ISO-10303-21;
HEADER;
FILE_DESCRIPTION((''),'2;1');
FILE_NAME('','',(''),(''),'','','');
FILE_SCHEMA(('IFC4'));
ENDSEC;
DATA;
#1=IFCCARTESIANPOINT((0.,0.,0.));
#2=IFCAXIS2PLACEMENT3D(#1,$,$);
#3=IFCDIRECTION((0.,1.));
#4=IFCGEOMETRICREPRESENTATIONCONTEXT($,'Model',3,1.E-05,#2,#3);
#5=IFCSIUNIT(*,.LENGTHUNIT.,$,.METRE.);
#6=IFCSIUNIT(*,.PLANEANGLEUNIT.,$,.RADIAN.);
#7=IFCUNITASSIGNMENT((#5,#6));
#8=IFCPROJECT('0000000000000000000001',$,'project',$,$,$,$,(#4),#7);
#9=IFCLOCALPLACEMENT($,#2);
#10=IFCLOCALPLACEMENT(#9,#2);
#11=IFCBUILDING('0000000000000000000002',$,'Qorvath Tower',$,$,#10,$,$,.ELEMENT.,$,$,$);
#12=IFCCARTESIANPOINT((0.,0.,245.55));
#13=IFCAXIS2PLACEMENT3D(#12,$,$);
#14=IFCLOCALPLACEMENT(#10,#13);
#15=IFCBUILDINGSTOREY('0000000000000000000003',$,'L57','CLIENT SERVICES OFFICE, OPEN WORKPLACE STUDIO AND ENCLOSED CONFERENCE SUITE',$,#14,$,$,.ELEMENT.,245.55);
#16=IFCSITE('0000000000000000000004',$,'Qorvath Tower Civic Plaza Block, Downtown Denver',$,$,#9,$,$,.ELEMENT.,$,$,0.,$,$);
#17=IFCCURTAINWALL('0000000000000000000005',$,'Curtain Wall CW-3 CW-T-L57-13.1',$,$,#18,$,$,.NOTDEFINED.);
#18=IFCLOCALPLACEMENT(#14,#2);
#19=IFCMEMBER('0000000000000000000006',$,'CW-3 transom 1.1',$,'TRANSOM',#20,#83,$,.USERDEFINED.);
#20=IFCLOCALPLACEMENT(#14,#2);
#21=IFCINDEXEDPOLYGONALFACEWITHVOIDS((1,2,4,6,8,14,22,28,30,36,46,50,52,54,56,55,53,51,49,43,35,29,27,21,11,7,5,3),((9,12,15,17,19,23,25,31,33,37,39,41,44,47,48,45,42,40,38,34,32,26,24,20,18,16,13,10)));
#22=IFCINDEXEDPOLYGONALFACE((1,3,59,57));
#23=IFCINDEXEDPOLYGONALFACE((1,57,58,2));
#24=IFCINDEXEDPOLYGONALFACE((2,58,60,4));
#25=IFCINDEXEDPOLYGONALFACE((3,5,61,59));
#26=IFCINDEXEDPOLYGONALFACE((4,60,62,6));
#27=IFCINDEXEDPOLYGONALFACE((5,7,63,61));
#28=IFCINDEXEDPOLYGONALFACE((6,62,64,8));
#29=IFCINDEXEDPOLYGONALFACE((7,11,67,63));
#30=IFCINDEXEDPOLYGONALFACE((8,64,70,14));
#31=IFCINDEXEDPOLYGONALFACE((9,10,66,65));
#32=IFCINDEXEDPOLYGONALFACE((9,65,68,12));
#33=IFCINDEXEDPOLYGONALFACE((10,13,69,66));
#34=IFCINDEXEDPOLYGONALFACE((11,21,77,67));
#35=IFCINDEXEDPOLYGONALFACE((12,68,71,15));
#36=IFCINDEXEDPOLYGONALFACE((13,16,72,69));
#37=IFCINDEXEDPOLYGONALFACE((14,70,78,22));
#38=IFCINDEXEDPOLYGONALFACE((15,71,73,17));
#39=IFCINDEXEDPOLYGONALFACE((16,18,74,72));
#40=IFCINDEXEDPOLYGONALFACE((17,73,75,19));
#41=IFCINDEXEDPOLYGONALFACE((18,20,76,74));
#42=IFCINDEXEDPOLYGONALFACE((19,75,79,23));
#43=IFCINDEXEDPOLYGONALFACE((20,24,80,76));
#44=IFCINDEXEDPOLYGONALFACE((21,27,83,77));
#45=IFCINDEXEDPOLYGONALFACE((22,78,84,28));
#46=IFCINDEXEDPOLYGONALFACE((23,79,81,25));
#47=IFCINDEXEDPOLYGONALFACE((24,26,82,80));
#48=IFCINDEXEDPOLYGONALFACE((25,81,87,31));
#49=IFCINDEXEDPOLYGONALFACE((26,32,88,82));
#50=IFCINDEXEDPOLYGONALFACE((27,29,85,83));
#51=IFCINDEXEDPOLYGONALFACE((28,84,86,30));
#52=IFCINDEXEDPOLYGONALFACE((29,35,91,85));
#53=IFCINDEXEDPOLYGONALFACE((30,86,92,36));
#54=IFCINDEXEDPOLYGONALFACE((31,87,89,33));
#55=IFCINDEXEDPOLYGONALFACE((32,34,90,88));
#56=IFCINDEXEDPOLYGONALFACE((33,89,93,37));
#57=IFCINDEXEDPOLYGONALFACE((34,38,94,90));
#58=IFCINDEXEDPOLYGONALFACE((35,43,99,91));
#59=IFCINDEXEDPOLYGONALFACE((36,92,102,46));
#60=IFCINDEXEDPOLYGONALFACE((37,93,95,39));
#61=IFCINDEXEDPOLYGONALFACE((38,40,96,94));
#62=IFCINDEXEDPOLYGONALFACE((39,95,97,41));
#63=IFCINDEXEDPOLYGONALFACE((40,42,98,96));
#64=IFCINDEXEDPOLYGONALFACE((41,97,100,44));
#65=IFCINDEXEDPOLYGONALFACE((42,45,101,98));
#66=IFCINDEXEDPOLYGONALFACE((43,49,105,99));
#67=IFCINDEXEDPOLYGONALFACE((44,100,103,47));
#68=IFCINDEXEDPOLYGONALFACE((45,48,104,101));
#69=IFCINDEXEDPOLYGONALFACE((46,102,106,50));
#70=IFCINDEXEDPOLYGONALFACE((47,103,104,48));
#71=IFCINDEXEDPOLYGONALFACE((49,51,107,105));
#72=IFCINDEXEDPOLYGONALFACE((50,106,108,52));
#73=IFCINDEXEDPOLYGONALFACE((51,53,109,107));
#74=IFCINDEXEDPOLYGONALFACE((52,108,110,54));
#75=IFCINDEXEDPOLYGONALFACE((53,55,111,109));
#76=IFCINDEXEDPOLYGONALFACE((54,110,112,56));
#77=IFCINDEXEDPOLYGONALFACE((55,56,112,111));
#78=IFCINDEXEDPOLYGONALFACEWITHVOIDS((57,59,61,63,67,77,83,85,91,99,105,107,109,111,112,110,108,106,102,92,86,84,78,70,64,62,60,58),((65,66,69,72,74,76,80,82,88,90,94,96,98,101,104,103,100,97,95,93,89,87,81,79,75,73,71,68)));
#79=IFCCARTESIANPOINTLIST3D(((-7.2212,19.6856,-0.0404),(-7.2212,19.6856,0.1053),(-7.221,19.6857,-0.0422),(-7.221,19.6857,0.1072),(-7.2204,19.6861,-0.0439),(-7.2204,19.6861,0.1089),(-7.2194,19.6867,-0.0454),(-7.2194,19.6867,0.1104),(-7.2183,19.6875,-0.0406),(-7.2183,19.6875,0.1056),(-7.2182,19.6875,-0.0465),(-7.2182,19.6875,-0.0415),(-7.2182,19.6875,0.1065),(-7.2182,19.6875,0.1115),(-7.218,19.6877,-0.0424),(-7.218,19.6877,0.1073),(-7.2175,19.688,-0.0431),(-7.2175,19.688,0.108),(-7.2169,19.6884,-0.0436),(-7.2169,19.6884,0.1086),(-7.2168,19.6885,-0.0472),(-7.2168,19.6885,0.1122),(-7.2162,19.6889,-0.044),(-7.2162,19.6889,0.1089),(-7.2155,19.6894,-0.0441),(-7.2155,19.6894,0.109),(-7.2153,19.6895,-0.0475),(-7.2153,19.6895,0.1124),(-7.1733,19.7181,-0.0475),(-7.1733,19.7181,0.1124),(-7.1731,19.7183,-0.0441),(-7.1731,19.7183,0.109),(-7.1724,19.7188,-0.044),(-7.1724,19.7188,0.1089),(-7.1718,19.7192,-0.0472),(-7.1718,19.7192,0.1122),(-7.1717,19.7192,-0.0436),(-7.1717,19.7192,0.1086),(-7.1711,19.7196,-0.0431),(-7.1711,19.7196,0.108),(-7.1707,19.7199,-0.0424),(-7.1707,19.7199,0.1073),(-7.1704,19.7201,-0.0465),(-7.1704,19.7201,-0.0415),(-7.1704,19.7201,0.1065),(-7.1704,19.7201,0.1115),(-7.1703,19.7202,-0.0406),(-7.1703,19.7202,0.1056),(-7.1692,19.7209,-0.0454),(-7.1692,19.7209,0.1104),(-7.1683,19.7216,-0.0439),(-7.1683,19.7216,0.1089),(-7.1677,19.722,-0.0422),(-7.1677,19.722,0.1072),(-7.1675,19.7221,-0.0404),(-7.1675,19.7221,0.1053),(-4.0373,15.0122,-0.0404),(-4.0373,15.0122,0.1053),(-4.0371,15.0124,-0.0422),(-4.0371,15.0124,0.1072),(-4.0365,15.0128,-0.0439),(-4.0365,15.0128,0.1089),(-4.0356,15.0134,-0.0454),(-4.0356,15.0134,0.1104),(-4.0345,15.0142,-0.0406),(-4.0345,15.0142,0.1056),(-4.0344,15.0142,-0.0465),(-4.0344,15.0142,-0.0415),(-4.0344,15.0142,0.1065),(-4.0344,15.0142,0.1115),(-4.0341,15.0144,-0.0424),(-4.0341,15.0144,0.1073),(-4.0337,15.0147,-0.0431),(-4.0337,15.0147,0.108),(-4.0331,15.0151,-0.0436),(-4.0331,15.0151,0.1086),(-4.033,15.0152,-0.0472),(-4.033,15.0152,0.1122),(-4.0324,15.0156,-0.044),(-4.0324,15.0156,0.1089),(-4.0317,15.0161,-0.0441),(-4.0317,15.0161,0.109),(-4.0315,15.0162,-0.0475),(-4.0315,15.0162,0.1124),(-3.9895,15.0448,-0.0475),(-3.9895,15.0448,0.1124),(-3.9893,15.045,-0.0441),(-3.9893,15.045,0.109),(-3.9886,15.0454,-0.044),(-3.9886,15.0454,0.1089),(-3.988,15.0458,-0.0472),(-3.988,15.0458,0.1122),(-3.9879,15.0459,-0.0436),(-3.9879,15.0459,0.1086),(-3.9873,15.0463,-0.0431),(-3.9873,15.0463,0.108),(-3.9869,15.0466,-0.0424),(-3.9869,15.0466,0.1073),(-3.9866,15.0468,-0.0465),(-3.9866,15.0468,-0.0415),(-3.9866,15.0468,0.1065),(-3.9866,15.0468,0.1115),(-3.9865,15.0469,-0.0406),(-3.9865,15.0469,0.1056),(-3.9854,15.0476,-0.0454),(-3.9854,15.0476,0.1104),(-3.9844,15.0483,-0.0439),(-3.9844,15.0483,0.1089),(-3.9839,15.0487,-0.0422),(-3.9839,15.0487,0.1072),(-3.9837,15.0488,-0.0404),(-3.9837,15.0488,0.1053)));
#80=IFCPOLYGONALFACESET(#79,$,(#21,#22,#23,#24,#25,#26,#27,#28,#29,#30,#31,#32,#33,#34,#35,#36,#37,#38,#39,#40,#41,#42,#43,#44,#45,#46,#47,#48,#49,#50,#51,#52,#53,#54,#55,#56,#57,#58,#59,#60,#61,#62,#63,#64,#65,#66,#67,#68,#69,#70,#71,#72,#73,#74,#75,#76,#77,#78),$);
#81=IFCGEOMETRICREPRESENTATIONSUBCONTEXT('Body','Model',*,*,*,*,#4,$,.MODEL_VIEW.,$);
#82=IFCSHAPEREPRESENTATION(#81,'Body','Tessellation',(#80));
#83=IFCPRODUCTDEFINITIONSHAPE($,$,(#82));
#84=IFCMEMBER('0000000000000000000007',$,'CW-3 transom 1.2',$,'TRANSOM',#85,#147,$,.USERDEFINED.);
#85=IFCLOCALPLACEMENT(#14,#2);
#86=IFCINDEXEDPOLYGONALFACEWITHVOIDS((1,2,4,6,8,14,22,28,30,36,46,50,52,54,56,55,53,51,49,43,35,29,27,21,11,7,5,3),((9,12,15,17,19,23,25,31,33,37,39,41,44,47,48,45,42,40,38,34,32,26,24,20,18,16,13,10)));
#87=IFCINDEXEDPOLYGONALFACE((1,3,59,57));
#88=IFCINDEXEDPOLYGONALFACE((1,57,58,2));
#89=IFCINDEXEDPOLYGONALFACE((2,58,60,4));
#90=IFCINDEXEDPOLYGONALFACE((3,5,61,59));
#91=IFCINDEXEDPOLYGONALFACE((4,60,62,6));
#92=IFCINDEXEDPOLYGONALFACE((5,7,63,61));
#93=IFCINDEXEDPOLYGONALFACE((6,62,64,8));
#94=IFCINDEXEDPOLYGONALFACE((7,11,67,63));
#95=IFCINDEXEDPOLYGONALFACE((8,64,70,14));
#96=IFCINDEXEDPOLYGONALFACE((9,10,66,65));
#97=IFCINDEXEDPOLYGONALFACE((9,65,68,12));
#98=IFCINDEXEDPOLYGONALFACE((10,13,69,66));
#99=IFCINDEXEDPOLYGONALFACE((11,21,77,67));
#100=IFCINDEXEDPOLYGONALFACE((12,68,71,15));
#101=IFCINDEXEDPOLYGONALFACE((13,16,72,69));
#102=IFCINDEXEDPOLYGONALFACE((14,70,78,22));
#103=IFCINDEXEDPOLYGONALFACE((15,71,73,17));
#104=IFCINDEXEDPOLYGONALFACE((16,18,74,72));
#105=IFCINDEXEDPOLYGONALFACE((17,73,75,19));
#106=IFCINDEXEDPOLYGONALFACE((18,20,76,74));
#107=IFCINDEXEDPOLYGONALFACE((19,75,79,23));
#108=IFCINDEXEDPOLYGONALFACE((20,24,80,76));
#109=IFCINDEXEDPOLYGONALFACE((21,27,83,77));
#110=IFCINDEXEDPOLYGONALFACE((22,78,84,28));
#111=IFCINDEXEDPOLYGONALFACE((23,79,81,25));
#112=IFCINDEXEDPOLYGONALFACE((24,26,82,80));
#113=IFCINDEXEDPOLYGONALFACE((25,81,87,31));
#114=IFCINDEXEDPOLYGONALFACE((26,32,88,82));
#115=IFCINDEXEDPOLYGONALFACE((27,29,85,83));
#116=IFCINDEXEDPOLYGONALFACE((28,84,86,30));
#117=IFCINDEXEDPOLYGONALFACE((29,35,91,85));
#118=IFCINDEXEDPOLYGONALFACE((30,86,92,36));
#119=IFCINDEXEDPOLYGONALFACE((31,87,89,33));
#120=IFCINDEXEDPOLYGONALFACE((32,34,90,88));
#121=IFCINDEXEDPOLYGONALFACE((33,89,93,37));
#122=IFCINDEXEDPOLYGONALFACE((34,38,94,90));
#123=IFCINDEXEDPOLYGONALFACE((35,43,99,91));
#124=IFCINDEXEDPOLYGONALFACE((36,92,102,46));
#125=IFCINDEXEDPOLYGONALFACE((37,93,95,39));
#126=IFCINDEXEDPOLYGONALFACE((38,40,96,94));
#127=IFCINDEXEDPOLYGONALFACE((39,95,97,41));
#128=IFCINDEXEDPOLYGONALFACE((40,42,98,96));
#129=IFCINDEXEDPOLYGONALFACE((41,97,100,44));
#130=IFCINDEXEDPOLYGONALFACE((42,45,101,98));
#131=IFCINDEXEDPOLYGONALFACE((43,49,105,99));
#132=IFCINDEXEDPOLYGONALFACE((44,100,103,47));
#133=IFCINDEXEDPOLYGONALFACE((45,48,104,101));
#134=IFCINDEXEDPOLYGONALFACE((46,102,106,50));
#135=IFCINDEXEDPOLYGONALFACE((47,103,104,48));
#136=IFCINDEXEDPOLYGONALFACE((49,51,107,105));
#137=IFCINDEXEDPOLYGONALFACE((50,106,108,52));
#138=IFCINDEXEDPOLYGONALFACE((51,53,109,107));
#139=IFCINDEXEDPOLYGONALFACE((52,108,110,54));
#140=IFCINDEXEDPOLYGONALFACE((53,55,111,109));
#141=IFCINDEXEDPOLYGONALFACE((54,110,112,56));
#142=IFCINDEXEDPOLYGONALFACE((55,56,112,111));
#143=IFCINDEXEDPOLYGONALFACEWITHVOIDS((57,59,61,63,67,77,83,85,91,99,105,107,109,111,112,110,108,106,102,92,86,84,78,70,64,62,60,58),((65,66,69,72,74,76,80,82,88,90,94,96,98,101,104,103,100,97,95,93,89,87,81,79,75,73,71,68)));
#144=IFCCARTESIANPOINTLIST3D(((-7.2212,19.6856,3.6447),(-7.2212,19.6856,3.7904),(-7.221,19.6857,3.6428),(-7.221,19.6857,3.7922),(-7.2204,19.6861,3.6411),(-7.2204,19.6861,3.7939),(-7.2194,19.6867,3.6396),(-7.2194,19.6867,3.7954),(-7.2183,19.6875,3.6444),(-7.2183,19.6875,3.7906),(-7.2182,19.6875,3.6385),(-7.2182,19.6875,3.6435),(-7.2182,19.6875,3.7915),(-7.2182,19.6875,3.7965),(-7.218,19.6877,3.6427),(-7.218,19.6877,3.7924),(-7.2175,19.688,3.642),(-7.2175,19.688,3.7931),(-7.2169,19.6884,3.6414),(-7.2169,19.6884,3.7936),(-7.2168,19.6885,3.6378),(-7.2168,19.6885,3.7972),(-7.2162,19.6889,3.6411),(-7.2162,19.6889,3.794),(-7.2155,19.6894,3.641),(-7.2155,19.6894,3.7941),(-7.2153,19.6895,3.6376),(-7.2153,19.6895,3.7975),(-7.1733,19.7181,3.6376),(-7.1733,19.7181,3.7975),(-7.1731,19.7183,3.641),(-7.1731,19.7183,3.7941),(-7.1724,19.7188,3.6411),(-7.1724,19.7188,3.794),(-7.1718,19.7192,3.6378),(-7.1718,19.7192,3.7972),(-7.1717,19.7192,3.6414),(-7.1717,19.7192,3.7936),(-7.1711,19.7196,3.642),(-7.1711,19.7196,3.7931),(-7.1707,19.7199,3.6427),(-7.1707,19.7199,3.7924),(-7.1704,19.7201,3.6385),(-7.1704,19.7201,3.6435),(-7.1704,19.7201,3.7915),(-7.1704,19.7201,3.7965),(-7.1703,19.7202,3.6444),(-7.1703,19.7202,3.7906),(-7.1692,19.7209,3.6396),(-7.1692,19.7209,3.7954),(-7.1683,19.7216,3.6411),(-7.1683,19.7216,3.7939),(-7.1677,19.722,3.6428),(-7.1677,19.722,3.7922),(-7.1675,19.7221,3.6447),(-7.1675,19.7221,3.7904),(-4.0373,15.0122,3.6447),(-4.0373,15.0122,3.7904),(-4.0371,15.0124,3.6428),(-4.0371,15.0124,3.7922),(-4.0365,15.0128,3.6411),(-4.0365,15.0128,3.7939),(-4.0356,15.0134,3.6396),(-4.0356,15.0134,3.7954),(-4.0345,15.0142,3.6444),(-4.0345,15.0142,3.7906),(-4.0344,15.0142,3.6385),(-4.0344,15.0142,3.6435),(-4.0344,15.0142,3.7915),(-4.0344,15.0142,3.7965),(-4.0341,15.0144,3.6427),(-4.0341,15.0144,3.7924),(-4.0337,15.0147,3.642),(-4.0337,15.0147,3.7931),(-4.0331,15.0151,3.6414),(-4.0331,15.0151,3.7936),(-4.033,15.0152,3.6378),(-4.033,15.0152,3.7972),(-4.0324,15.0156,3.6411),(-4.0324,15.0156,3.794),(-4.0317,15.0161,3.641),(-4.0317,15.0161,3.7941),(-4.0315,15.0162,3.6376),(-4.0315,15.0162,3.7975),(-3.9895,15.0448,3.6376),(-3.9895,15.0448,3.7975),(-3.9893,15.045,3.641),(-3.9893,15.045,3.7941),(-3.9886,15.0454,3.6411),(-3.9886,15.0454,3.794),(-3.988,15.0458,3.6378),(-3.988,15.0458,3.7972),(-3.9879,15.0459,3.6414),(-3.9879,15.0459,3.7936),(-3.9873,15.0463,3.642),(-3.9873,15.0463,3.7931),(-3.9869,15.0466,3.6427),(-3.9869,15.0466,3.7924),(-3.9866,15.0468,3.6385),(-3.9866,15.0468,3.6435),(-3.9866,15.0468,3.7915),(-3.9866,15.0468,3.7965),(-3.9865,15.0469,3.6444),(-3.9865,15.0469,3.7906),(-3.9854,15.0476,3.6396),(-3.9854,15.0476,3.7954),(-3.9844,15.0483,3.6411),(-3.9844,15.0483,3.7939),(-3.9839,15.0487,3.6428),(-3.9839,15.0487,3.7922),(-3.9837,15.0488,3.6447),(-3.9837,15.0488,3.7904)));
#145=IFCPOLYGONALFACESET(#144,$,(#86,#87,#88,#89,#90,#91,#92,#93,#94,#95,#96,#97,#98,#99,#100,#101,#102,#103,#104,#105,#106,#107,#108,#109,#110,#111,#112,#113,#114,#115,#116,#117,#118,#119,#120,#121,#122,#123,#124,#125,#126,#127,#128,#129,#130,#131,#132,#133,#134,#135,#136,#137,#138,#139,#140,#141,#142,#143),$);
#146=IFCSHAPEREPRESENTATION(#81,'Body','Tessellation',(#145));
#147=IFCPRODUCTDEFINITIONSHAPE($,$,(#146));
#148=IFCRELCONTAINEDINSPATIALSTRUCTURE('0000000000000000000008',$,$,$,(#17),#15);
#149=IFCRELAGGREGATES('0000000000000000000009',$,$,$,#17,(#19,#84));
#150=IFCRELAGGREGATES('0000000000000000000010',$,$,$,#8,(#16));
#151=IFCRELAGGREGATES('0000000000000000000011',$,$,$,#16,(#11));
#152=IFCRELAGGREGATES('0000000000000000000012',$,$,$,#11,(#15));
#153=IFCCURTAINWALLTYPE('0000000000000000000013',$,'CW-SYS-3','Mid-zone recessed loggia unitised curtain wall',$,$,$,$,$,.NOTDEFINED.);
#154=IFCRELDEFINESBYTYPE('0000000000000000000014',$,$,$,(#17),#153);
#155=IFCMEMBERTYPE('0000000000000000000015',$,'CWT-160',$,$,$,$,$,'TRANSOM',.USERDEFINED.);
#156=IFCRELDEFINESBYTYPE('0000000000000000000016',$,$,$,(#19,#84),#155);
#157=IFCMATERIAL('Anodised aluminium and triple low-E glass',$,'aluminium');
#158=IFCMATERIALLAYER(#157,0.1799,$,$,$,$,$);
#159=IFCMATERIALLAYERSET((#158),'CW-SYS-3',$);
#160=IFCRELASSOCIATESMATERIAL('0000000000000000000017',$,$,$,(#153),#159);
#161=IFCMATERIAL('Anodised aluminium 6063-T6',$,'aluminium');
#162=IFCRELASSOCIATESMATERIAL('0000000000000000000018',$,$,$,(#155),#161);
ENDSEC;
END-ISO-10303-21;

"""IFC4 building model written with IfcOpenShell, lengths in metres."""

from ifc_helpers import new_model, si_unit, direction, frame, origin, origin_2d, place, context, subcontext, project, spatial, hollow_rectangle, extrude, material, layer, layer_set, material_profile, profile_set, type_object, element, aggregate, save


model = new_model("IFC4")

# Units and contexts
model_context = context("Model", 3, precision=1e-05, world=origin(), true_north=direction((0.0, 1.0)))
body_context = subcontext(model_context, "Body", "Model", "MODEL_VIEW")
ifc_project = project(units=[si_unit("LENGTHUNIT", "METRE"), si_unit("PLANEANGLEUNIT", "RADIAN")], contexts=[model_context])

# Site, building, storey
site_placement = place(None, origin())
site = spatial("IfcSite", under=ifc_project, at=site_placement, Name="Qorvath Tower Civic Plaza Block, Downtown Denver", CompositionType="ELEMENT", RefElevation=0.0)
building_placement = place(site_placement, origin())
building = spatial("IfcBuilding", under=site, at=building_placement, Name="Qorvath Tower", CompositionType="ELEMENT")
storey_placement = place(building_placement, frame((0.0, 0.0, 245.55)))
storey = spatial("IfcBuildingStorey", under=building, at=storey_placement, Name="L57", Description="CLIENT SERVICES OFFICE, OPEN WORKPLACE STUDIO AND ENCLOSED CONFERENCE SUITE", CompositionType="ELEMENT", Elevation=245.55)

# Shared definitions
ifc_material_1 = material(Name="Anodised aluminium and triple low-E glass", Category="aluminium")
ifc_layer_1 = layer(ifc_material_1, 0.1799)
ifc_layer_set_1 = layer_set([ifc_layer_1], Name="CW-SYS-3")
curtain_wall_type = type_object("IfcCurtainWallType", Name="CW-SYS-3", Description="Mid-zone recessed loggia unitised curtain wall", PredefinedType="NOTDEFINED", material=ifc_layer_set_1)

# Curtain wall
curtain_wall_1_placement = place(storey_placement, origin())
curtain_wall_1 = element("IfcCurtainWall", 1, at=curtain_wall_1_placement, inside=storey, type_object=curtain_wall_type, Name="Curtain Wall CW-3 CW-T-L57-13.1", PredefinedType="NOTDEFINED")

# Members
ifc_material_2 = material(Name="Anodised aluminium 6063-T6", Category="aluminium")
ifc_material_profile_1 = material_profile(ifc_material_2, hollow_rectangle(XDim=0.0649, YDim=0.1599, WallThickness=0.0034, InnerFilletRadius=0.0034, OuterFilletRadius=0.0071, at=origin_2d()), Name="CWT 160x65")
ifc_profile_set_1 = profile_set([ifc_material_profile_1], Name="Anodised aluminium 6063-T6")
member_type_1 = type_object("IfcMemberType", Name="CWT-160", ElementType="TRANSOM", PredefinedType="USERDEFINED", material=ifc_profile_set_1)
member_1_placement = place(storey_placement, frame((-4.0105, 15.0305, 0.0325), z_axis=(-0.563031, 0.826436, 0.0), x_axis=(-0.826436, -0.563031, 0.0)))
member_1 = element("IfcMember", 2, at=member_1_placement, type_object=member_type_1, Name="CW-3 transom 1.1", ObjectType="TRANSOM", PredefinedType="USERDEFINED", context=body_context, shape_type="SweptSolid", body=[
    extrude(hollow_rectangle(XDim=0.0649, YDim=0.1599, WallThickness=0.0034, InnerFilletRadius=0.0034, OuterFilletRadius=0.0071, at=origin_2d()), origin(), (0.0, 0.0, 1.0), 5.6548),
])
member_2_placement = place(storey_placement, frame((-4.0105, 15.0305, 3.7175), z_axis=(-0.563031, 0.826436, 0.0), x_axis=(-0.826436, -0.563031, 0.0)))
member_2 = element("IfcMember", 3, at=member_2_placement, type_object=member_type_1, Name="CW-3 transom 1.2", ObjectType="TRANSOM", PredefinedType="USERDEFINED", context=body_context, shape_type="SweptSolid", body=[
    extrude(hollow_rectangle(XDim=0.0649, YDim=0.1599, WallThickness=0.0034, InnerFilletRadius=0.0034, OuterFilletRadius=0.0071, at=origin_2d()), origin(), (0.0, 0.0, 1.0), 5.6548),
])

aggregate(curtain_wall_1, [member_1, member_2])

save(model, "model.ifc")
